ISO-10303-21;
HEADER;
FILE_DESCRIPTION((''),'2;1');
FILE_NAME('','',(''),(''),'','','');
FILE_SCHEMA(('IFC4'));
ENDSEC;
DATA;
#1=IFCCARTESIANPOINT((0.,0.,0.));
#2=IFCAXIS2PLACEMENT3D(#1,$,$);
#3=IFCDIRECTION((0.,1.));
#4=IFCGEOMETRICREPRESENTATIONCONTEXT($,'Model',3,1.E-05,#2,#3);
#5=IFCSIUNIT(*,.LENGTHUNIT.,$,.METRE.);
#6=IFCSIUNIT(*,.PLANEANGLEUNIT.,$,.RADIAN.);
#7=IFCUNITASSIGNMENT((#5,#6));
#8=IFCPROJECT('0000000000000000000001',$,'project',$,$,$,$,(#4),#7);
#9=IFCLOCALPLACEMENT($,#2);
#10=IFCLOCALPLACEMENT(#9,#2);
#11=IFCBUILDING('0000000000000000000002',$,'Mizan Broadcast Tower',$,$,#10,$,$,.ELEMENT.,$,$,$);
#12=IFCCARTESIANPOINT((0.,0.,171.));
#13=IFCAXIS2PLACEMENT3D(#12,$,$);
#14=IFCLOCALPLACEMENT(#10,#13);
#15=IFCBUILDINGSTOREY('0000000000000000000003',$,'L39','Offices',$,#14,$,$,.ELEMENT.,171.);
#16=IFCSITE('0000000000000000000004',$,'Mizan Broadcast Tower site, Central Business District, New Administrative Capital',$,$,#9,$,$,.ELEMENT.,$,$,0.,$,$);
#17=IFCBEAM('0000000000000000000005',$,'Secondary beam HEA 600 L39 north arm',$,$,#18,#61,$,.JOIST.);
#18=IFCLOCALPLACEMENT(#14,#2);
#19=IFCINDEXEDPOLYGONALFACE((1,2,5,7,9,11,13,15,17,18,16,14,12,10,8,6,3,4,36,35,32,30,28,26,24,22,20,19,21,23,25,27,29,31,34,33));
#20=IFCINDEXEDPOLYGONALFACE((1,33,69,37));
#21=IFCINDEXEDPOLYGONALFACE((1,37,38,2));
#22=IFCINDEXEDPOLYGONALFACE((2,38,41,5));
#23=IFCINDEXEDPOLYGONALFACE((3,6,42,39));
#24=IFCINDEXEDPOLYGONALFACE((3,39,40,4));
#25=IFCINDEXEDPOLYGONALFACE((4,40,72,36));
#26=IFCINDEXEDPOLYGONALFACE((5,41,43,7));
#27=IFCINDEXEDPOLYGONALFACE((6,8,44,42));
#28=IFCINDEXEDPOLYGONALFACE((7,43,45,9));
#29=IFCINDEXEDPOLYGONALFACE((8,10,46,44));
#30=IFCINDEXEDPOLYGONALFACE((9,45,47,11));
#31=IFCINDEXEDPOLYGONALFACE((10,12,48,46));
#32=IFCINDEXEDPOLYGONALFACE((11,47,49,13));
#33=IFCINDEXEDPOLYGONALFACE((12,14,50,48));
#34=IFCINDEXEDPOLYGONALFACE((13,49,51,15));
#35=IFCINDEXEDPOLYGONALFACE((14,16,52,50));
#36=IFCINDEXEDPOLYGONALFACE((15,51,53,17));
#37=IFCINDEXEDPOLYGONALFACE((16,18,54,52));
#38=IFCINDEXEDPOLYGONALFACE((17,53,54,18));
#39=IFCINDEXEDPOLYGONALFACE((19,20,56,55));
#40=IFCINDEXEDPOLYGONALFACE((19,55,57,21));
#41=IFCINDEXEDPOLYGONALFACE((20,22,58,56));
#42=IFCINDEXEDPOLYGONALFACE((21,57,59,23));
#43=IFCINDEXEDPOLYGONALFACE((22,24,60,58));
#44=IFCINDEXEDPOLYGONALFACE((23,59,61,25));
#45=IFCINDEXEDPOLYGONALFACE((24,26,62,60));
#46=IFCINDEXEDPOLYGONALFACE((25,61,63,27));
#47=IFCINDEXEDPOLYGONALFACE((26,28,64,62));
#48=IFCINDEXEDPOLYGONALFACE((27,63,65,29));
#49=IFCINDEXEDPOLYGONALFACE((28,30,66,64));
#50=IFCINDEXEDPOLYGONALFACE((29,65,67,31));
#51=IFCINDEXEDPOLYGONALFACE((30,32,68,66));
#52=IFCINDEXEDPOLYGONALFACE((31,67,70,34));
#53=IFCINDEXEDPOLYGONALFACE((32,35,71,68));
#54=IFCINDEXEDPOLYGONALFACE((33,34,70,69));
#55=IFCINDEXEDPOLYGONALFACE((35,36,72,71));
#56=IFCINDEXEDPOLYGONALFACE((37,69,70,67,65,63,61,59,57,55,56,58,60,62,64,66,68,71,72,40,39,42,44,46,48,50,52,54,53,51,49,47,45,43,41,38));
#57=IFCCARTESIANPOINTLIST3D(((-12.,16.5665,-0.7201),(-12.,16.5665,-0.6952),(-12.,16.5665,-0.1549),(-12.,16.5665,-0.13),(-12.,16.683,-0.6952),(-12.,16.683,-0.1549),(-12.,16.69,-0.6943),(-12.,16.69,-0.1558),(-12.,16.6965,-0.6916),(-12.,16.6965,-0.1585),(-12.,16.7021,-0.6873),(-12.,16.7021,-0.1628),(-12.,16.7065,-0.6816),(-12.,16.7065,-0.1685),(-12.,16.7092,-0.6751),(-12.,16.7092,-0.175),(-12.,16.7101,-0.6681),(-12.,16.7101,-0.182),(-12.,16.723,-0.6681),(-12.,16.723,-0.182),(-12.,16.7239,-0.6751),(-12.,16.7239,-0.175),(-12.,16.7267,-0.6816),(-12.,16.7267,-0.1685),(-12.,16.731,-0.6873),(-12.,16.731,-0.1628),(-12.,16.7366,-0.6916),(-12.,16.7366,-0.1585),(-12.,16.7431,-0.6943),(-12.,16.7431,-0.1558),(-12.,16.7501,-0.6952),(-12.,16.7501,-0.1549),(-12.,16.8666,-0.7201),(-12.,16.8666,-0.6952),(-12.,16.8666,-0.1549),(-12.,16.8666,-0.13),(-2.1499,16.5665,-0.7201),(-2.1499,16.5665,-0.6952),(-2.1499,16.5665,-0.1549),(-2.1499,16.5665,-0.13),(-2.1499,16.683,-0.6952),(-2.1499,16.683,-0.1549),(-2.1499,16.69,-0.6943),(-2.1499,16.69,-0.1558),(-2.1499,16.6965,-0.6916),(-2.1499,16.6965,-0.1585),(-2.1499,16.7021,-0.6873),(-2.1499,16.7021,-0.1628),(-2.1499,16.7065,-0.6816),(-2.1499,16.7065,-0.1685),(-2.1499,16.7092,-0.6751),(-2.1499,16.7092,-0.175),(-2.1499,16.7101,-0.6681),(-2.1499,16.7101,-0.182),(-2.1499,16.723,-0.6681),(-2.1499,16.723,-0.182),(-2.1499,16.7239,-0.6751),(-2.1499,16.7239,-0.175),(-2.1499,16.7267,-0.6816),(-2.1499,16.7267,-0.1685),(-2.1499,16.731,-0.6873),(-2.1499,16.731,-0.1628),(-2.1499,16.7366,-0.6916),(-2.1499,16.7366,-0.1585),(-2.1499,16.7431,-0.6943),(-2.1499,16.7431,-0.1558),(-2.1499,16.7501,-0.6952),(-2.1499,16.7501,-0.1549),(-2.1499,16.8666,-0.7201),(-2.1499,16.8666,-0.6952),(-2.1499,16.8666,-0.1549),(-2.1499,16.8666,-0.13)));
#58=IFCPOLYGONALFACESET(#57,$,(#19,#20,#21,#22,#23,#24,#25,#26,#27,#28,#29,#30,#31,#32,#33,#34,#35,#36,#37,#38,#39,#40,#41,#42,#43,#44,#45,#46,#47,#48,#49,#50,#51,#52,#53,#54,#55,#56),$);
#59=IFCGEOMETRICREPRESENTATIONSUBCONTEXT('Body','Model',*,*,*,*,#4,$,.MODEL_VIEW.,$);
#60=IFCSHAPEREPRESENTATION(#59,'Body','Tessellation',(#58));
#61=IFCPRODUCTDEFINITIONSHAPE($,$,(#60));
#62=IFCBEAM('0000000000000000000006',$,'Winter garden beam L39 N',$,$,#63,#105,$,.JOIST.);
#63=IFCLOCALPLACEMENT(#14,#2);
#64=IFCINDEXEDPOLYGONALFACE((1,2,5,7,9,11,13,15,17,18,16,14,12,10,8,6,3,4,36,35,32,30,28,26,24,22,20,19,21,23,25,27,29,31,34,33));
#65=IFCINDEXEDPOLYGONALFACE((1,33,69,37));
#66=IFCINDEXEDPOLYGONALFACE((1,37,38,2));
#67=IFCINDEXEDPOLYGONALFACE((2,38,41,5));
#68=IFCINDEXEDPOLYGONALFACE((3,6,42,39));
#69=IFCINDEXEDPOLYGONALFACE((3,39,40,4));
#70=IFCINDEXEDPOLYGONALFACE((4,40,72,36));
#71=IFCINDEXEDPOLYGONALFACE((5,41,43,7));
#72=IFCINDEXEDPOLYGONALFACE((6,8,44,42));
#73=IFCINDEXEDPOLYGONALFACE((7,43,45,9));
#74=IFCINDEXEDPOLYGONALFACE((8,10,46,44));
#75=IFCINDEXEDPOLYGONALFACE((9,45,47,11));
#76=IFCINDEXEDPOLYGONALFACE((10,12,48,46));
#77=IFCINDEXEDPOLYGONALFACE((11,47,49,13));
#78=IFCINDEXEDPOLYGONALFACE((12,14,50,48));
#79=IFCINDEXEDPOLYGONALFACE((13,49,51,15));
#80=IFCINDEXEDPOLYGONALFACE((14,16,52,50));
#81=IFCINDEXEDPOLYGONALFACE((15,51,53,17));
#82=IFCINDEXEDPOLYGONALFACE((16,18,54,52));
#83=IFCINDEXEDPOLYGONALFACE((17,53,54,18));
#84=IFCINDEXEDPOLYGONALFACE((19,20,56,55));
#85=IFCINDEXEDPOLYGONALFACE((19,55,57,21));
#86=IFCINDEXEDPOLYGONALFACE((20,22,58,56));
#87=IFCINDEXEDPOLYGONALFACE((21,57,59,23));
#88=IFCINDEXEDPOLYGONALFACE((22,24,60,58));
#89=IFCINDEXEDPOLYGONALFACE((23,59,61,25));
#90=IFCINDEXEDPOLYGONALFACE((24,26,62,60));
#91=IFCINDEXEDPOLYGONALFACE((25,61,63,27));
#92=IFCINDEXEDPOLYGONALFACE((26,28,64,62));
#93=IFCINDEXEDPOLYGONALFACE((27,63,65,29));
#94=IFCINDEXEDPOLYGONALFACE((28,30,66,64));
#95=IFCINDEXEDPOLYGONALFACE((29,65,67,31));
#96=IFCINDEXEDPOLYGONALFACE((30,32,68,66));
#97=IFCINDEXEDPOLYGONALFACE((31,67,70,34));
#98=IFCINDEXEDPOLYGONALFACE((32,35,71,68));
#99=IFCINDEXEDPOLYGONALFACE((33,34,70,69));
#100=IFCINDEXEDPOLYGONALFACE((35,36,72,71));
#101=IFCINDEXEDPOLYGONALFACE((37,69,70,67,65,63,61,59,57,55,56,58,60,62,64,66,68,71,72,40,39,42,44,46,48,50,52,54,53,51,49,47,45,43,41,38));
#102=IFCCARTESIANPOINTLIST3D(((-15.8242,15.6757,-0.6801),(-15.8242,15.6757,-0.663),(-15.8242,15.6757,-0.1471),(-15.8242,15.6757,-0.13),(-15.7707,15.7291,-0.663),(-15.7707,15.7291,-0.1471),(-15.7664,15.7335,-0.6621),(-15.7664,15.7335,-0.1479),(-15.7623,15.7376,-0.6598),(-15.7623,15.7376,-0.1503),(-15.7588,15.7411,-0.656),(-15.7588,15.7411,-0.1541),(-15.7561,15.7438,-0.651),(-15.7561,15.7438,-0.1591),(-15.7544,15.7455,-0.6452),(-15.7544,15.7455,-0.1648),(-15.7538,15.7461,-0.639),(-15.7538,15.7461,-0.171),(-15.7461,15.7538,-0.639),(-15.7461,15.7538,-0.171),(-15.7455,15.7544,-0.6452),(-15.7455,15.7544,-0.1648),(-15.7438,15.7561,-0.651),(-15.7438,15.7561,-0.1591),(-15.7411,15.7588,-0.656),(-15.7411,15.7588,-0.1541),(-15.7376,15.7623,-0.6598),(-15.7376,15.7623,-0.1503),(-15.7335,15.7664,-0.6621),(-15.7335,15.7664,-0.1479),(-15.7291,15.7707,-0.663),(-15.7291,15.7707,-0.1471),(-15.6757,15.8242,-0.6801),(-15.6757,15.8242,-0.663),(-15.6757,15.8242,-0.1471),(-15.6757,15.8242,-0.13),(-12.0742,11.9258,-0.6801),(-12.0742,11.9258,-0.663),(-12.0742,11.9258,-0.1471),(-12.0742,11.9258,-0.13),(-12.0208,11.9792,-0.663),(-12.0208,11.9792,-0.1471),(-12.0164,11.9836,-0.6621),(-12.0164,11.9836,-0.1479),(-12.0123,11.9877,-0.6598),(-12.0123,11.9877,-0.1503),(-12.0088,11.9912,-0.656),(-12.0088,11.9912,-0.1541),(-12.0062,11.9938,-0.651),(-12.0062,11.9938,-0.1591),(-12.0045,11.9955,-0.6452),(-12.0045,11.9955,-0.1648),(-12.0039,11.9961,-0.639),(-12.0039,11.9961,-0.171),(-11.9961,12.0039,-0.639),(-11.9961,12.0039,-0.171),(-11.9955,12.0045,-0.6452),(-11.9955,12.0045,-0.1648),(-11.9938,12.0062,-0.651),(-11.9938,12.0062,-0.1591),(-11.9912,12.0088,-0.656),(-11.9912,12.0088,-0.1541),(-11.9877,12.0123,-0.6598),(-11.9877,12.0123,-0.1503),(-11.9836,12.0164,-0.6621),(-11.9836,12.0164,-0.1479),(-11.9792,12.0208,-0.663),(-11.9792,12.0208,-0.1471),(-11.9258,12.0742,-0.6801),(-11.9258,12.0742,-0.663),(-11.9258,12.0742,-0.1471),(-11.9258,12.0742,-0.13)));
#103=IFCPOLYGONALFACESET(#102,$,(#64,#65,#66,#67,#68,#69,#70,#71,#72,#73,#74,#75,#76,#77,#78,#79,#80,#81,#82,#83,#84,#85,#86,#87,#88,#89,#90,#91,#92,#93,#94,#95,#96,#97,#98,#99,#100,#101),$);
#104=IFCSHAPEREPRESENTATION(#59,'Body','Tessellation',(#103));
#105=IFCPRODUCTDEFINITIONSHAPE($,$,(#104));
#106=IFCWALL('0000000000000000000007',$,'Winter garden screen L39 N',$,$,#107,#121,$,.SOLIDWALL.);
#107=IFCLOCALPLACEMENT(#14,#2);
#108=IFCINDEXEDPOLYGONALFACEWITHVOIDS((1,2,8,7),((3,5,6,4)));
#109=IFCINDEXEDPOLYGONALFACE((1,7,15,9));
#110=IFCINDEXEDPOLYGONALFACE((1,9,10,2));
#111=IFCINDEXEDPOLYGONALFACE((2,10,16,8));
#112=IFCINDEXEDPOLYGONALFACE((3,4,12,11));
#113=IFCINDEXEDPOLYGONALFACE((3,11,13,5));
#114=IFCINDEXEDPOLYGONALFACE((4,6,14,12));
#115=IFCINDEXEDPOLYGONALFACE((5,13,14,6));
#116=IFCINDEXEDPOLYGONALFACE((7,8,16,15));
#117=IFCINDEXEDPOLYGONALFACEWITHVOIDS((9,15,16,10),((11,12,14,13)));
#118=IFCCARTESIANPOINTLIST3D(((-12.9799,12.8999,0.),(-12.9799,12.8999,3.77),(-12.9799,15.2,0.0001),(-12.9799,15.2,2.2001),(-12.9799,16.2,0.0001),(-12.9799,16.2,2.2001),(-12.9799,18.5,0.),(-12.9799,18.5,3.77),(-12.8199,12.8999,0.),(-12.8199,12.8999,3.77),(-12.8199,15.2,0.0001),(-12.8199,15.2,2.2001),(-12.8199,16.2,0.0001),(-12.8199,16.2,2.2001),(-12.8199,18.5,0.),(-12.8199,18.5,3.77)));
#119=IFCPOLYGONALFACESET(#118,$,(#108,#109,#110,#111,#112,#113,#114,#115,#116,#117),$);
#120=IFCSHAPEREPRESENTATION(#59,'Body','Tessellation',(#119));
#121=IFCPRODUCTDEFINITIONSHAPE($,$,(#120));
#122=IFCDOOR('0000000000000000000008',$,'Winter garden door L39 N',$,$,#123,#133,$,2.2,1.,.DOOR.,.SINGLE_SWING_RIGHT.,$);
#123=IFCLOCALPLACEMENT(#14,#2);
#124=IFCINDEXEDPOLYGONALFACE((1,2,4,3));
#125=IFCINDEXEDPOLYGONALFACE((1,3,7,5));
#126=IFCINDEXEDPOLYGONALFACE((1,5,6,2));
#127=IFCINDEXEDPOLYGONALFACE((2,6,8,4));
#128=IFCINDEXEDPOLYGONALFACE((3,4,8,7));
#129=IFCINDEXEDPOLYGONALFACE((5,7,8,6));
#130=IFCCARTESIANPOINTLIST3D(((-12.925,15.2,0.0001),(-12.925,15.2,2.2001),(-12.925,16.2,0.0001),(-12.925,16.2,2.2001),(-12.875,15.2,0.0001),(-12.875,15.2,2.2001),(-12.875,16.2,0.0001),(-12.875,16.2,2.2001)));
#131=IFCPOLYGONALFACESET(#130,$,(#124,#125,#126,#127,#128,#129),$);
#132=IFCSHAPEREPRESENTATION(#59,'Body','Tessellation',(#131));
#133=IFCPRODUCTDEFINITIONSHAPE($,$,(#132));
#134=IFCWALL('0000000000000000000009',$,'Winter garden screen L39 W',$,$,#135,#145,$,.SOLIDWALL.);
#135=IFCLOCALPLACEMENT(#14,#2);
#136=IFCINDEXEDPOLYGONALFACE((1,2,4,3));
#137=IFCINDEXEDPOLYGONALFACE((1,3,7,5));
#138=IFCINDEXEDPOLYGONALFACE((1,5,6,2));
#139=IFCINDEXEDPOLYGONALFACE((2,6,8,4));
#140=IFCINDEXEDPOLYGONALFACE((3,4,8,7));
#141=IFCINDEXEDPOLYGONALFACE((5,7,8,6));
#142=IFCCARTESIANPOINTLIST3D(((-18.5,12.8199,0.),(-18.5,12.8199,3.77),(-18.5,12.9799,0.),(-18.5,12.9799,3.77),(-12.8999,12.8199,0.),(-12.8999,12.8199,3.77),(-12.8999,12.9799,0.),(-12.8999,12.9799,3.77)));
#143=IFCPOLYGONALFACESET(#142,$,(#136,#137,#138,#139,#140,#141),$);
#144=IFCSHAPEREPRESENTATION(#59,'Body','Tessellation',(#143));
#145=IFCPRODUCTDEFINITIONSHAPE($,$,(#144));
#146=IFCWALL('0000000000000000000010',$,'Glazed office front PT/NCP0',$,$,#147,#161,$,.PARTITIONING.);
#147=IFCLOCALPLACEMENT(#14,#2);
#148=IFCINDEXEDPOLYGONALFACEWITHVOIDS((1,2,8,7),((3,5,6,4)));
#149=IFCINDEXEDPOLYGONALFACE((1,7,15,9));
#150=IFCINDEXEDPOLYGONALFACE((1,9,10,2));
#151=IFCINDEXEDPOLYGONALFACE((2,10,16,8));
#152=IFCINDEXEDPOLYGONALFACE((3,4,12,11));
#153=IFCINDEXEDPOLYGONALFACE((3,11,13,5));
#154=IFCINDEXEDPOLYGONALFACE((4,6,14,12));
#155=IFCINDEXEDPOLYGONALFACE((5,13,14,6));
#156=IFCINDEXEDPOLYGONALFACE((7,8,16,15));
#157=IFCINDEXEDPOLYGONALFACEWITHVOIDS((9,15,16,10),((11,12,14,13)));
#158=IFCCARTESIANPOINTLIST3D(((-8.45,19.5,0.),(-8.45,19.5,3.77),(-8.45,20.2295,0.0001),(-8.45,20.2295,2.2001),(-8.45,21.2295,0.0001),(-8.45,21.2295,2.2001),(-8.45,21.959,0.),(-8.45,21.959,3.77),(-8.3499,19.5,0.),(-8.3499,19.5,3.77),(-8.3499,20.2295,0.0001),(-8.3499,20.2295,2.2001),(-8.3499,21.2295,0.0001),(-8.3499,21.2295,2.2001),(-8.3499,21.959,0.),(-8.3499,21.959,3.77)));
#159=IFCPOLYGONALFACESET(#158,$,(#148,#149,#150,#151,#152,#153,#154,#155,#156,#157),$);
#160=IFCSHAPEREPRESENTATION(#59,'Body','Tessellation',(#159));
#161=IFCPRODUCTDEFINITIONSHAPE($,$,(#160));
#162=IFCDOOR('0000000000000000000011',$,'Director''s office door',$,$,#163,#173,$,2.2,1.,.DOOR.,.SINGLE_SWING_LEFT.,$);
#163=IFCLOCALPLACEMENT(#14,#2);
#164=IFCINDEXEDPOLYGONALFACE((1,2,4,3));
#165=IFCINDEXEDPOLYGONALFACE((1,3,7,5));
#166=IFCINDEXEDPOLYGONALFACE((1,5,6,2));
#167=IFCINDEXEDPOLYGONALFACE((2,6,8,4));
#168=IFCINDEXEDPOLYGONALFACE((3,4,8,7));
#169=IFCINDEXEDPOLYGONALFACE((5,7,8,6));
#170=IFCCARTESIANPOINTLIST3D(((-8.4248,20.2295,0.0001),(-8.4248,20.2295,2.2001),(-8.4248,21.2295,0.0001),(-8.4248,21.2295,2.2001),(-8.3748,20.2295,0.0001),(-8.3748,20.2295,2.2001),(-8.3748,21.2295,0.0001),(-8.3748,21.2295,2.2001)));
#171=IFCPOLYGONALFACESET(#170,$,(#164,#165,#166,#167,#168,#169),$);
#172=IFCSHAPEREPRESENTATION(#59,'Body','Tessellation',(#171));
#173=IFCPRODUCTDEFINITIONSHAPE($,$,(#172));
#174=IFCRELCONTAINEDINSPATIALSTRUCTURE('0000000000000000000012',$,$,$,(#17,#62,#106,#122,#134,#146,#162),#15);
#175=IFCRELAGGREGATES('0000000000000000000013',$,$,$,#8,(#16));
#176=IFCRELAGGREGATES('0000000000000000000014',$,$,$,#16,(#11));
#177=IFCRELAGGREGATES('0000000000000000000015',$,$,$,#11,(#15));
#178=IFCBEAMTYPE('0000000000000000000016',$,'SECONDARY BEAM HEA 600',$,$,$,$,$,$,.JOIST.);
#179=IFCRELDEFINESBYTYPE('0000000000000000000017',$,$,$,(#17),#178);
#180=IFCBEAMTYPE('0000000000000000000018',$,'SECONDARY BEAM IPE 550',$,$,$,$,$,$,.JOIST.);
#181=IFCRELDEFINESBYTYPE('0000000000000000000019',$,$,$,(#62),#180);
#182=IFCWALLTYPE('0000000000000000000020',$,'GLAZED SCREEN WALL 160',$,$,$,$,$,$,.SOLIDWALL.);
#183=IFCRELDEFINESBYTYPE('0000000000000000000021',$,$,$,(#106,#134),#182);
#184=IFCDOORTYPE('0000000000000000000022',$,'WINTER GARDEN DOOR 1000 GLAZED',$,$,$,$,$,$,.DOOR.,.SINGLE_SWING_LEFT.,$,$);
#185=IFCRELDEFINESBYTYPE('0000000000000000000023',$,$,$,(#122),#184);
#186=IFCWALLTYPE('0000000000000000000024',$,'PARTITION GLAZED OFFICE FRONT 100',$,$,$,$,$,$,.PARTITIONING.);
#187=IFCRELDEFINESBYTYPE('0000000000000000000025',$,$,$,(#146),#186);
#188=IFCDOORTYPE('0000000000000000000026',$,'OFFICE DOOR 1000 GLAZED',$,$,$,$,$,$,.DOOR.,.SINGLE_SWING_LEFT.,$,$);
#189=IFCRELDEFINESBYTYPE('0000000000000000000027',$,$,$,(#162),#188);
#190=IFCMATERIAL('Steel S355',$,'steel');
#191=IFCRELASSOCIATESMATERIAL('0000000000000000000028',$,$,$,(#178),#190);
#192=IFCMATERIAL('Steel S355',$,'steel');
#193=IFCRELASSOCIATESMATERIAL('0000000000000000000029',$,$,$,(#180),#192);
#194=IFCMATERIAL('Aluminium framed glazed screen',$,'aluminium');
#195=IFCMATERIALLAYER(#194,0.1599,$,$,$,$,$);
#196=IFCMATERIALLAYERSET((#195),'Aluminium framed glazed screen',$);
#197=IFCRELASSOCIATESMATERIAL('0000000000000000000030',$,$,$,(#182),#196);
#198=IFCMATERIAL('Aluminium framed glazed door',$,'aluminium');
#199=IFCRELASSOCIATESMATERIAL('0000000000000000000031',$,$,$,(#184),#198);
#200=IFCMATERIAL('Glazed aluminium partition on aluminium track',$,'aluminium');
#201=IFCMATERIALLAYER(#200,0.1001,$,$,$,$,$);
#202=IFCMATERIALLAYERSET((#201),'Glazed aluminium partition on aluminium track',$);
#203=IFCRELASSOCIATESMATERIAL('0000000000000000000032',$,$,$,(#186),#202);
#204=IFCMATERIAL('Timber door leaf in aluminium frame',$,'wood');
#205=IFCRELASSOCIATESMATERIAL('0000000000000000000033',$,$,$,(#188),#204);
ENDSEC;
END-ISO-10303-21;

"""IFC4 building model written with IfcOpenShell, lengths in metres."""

from ifc_helpers import new_model, si_unit, direction, frame, frame_2d, origin, origin_2d, place, context, subcontext, project, spatial, rectangle, i_section, extrude, material, layer, layer_set, material_profile, profile_set, type_object, element, fill, save


model = new_model("IFC4")

# Units and contexts
model_context = context("Model", 3, precision=1e-05, world=origin(), true_north=direction((0.0, 1.0)))
body_context = subcontext(model_context, "Body", "Model", "MODEL_VIEW")
ifc_project = project(units=[si_unit("LENGTHUNIT", "METRE"), si_unit("PLANEANGLEUNIT", "RADIAN")], contexts=[model_context])

# Site, building, storey
site_placement = place(None, origin())
site = spatial("IfcSite", under=ifc_project, at=site_placement, Name="Mizan Broadcast Tower site, Central Business District, New Administrative Capital", CompositionType="ELEMENT", RefElevation=0.0)
building_placement = place(site_placement, origin())
building = spatial("IfcBuilding", under=site, at=building_placement, Name="Mizan Broadcast Tower", CompositionType="ELEMENT")
storey_placement = place(building_placement, frame((0.0, 0.0, 171.0)))
storey = spatial("IfcBuildingStorey", under=building, at=storey_placement, Name="L39", Description="Offices", CompositionType="ELEMENT", Elevation=171.0)

# Beams
ifc_material_1 = material(Name="Steel S355", Category="steel")
ifc_material_profile_1 = material_profile(ifc_material_1, i_section(OverallWidth=0.3, OverallDepth=0.5901, WebThickness=0.0129, FlangeThickness=0.0249, FilletRadius=0.0271, at=origin_2d()), Name="HEA 600")
ifc_profile_set_1 = profile_set([ifc_material_profile_1], Name="Steel S355")
beam_type_1 = type_object("IfcBeamType", Name="SECONDARY BEAM HEA 600", PredefinedType="JOIST", material=ifc_profile_set_1)
for number, where, z_axis, x_axis, name in (
    (1, (-12.0, 16.7166, -0.425), (1.0, 0.0, 0.0), (0.0, 1.0, 0.0), "Secondary beam HEA 600 L39 north arm"),
):
    element("IfcBeam", number, at=place(storey_placement, frame(where, z_axis=z_axis, x_axis=x_axis)), inside=storey, type_object=beam_type_1, Name=name, PredefinedType="JOIST", context=body_context, shape_type="SweptSolid", body=[
        extrude(i_section(OverallWidth=0.3, OverallDepth=0.5901, WebThickness=0.0129, FlangeThickness=0.0249, FilletRadius=0.0271, at=origin_2d()), origin(), (0.0, 0.0, 1.0), 9.8501),
    ])
ifc_material_2 = material(Name="Steel S355", Category="steel")
ifc_material_profile_2 = material_profile(ifc_material_2, i_section(OverallWidth=0.21, OverallDepth=0.55, WebThickness=0.011, FlangeThickness=0.0171, FilletRadius=0.0239, at=origin_2d()), Name="IPE 550")
ifc_profile_set_2 = profile_set([ifc_material_profile_2], Name="Steel S355")
beam_type_2 = type_object("IfcBeamType", Name="SECONDARY BEAM IPE 550", PredefinedType="JOIST", material=ifc_profile_set_2)
beam_1_placement = place(storey_placement, frame((-12.0, 12.0, -0.405), z_axis=(-0.707107, 0.707107, 0.0), x_axis=(-0.707107, -0.707107, 0.0)))
element("IfcBeam", 2, at=beam_1_placement, inside=storey, type_object=beam_type_2, Name="Winter garden beam L39 N", PredefinedType="JOIST", context=body_context, shape_type="SweptSolid", body=[
    extrude(i_section(OverallWidth=0.21, OverallDepth=0.55, WebThickness=0.011, FlangeThickness=0.0171, FilletRadius=0.0239, at=origin_2d()), origin(), (0.0, 0.0, 1.0), 5.3032),
])

# Wall, opening, door
ifc_material_3 = material(Name="Aluminium framed glazed screen", Category="aluminium")
ifc_layer_1 = layer(ifc_material_3, 0.1599)
ifc_layer_set_1 = layer_set([ifc_layer_1], Name="Aluminium framed glazed screen")
wall_type_1 = type_object("IfcWallType", Name="GLAZED SCREEN WALL 160", PredefinedType="SOLIDWALL", material=ifc_layer_set_1)
wall_1_placement = place(storey_placement, frame((-12.8999, 18.5, 0.0), z_axis=(0.0, 0.0, 1.0), x_axis=(0.0, -1.0, 0.0)))
wall_1 = element("IfcWall", 3, at=wall_1_placement, inside=storey, type_object=wall_type_1, Name="Winter garden screen L39 N", PredefinedType="SOLIDWALL", context=body_context, shape_type="SweptSolid", body=[
    extrude(rectangle(XDim=5.6001, YDim=0.1599, at=frame_2d((2.8, 0.0))), origin(), (0.0, 0.0, 1.0), 3.77),
])
opening_1_placement = place(wall_1_placement, frame((2.3, 0.0, 0.0)))
opening_1 = element("IfcOpeningElement", 4, at=opening_1_placement, cuts=wall_1, PredefinedType="OPENING", context=body_context, shape_type="SweptSolid", body=[
    extrude(rectangle(XDim=1.0, YDim=2.2, at=frame_2d((0.5, 1.1001))), frame((0.0, 0.0898, 0.0), z_axis=(0.0, -1.0, 0.0), x_axis=(1.0, 0.0, 0.0)), (0.0, 0.0, 1.0), 0.1799),
])
ifc_material_4 = material(Name="Aluminium framed glazed door", Category="aluminium")
door_type_1 = type_object("IfcDoorType", Name="WINTER GARDEN DOOR 1000 GLAZED", OperationType="SINGLE_SWING_LEFT", PredefinedType="DOOR", material=ifc_material_4)
door_1_placement = place(opening_1_placement, origin())
door_1 = element("IfcDoor", 5, at=door_1_placement, inside=storey, type_object=door_type_1, Name="Winter garden door L39 N", OperationType="SINGLE_SWING_RIGHT", OverallHeight=2.2, OverallWidth=1.0, PredefinedType="DOOR", context=body_context, shape_type="SweptSolid", body=[
    extrude(rectangle(XDim=1.0, YDim=2.2, at=frame_2d((0.5, 1.1001))), frame((0.0, 0.0249, 0.0), z_axis=(0.0, -1.0, 0.0), x_axis=(1.0, 0.0, 0.0)), (0.0, 0.0, 1.0), 0.05),
])
fill(opening_1, door_1)

# Wall
wall_2_placement = place(storey_placement, frame((-12.8999, 12.8999, 0.0), z_axis=(0.0, 0.0, 1.0), x_axis=(-1.0, 0.0, 0.0)))
element("IfcWall", 6, at=wall_2_placement, inside=storey, type_object=wall_type_1, Name="Winter garden screen L39 W", PredefinedType="SOLIDWALL", context=body_context, shape_type="SweptSolid", body=[
    extrude(rectangle(XDim=5.6001, YDim=0.1599, at=frame_2d((2.8, 0.0))), origin(), (0.0, 0.0, 1.0), 3.77),
])

# Wall, opening, door
ifc_material_5 = material(Name="Glazed aluminium partition on aluminium track", Category="aluminium")
ifc_layer_2 = layer(ifc_material_5, 0.1001)
ifc_layer_set_2 = layer_set([ifc_layer_2], Name="Glazed aluminium partition on aluminium track")
wall_type_2 = type_object("IfcWallType", Name="PARTITION GLAZED OFFICE FRONT 100", PredefinedType="PARTITIONING", material=ifc_layer_set_2)
wall_3_placement = place(storey_placement, frame((-8.3999, 19.5, 0.0), z_axis=(0.0, 0.0, 1.0), x_axis=(0.0, 1.0, 0.0)))
wall_3 = element("IfcWall", 7, at=wall_3_placement, inside=storey, type_object=wall_type_2, Name="Glazed office front PT/NCP0", PredefinedType="PARTITIONING", context=body_context, shape_type="SweptSolid", body=[
    extrude(rectangle(XDim=2.459, YDim=0.1001, at=frame_2d((1.2295, 0.0))), origin(), (0.0, 0.0, 1.0), 3.77),
])
opening_2_placement = place(wall_3_placement, frame((0.7295, 0.0, 0.0)))
opening_2 = element("IfcOpeningElement", 8, at=opening_2_placement, cuts=wall_3, PredefinedType="OPENING", context=body_context, shape_type="SweptSolid", body=[
    extrude(rectangle(XDim=1.0, YDim=2.2, at=frame_2d((0.5, 1.1001))), frame((0.0, 0.0601, 0.0), z_axis=(0.0, -1.0, 0.0), x_axis=(1.0, 0.0, 0.0)), (0.0, 0.0, 1.0), 0.1201),
])
ifc_material_6 = material(Name="Timber door leaf in aluminium frame", Category="wood")
door_type_2 = type_object("IfcDoorType", Name="OFFICE DOOR 1000 GLAZED", OperationType="SINGLE_SWING_LEFT", PredefinedType="DOOR", material=ifc_material_6)
door_2_placement = place(opening_2_placement, origin())
door_2 = element("IfcDoor", 9, at=door_2_placement, inside=storey, type_object=door_type_2, Name="Director's office door", OperationType="SINGLE_SWING_LEFT", OverallHeight=2.2, OverallWidth=1.0, PredefinedType="DOOR", context=body_context, shape_type="SweptSolid", body=[
    extrude(rectangle(XDim=1.0, YDim=2.2, at=frame_2d((0.5, 1.1001))), frame((0.0, 0.0249, 0.0), z_axis=(0.0, -1.0, 0.0), x_axis=(1.0, 0.0, 0.0)), (0.0, 0.0, 1.0), 0.05),
])
fill(opening_2, door_2)

save(model, "model.ifc")
